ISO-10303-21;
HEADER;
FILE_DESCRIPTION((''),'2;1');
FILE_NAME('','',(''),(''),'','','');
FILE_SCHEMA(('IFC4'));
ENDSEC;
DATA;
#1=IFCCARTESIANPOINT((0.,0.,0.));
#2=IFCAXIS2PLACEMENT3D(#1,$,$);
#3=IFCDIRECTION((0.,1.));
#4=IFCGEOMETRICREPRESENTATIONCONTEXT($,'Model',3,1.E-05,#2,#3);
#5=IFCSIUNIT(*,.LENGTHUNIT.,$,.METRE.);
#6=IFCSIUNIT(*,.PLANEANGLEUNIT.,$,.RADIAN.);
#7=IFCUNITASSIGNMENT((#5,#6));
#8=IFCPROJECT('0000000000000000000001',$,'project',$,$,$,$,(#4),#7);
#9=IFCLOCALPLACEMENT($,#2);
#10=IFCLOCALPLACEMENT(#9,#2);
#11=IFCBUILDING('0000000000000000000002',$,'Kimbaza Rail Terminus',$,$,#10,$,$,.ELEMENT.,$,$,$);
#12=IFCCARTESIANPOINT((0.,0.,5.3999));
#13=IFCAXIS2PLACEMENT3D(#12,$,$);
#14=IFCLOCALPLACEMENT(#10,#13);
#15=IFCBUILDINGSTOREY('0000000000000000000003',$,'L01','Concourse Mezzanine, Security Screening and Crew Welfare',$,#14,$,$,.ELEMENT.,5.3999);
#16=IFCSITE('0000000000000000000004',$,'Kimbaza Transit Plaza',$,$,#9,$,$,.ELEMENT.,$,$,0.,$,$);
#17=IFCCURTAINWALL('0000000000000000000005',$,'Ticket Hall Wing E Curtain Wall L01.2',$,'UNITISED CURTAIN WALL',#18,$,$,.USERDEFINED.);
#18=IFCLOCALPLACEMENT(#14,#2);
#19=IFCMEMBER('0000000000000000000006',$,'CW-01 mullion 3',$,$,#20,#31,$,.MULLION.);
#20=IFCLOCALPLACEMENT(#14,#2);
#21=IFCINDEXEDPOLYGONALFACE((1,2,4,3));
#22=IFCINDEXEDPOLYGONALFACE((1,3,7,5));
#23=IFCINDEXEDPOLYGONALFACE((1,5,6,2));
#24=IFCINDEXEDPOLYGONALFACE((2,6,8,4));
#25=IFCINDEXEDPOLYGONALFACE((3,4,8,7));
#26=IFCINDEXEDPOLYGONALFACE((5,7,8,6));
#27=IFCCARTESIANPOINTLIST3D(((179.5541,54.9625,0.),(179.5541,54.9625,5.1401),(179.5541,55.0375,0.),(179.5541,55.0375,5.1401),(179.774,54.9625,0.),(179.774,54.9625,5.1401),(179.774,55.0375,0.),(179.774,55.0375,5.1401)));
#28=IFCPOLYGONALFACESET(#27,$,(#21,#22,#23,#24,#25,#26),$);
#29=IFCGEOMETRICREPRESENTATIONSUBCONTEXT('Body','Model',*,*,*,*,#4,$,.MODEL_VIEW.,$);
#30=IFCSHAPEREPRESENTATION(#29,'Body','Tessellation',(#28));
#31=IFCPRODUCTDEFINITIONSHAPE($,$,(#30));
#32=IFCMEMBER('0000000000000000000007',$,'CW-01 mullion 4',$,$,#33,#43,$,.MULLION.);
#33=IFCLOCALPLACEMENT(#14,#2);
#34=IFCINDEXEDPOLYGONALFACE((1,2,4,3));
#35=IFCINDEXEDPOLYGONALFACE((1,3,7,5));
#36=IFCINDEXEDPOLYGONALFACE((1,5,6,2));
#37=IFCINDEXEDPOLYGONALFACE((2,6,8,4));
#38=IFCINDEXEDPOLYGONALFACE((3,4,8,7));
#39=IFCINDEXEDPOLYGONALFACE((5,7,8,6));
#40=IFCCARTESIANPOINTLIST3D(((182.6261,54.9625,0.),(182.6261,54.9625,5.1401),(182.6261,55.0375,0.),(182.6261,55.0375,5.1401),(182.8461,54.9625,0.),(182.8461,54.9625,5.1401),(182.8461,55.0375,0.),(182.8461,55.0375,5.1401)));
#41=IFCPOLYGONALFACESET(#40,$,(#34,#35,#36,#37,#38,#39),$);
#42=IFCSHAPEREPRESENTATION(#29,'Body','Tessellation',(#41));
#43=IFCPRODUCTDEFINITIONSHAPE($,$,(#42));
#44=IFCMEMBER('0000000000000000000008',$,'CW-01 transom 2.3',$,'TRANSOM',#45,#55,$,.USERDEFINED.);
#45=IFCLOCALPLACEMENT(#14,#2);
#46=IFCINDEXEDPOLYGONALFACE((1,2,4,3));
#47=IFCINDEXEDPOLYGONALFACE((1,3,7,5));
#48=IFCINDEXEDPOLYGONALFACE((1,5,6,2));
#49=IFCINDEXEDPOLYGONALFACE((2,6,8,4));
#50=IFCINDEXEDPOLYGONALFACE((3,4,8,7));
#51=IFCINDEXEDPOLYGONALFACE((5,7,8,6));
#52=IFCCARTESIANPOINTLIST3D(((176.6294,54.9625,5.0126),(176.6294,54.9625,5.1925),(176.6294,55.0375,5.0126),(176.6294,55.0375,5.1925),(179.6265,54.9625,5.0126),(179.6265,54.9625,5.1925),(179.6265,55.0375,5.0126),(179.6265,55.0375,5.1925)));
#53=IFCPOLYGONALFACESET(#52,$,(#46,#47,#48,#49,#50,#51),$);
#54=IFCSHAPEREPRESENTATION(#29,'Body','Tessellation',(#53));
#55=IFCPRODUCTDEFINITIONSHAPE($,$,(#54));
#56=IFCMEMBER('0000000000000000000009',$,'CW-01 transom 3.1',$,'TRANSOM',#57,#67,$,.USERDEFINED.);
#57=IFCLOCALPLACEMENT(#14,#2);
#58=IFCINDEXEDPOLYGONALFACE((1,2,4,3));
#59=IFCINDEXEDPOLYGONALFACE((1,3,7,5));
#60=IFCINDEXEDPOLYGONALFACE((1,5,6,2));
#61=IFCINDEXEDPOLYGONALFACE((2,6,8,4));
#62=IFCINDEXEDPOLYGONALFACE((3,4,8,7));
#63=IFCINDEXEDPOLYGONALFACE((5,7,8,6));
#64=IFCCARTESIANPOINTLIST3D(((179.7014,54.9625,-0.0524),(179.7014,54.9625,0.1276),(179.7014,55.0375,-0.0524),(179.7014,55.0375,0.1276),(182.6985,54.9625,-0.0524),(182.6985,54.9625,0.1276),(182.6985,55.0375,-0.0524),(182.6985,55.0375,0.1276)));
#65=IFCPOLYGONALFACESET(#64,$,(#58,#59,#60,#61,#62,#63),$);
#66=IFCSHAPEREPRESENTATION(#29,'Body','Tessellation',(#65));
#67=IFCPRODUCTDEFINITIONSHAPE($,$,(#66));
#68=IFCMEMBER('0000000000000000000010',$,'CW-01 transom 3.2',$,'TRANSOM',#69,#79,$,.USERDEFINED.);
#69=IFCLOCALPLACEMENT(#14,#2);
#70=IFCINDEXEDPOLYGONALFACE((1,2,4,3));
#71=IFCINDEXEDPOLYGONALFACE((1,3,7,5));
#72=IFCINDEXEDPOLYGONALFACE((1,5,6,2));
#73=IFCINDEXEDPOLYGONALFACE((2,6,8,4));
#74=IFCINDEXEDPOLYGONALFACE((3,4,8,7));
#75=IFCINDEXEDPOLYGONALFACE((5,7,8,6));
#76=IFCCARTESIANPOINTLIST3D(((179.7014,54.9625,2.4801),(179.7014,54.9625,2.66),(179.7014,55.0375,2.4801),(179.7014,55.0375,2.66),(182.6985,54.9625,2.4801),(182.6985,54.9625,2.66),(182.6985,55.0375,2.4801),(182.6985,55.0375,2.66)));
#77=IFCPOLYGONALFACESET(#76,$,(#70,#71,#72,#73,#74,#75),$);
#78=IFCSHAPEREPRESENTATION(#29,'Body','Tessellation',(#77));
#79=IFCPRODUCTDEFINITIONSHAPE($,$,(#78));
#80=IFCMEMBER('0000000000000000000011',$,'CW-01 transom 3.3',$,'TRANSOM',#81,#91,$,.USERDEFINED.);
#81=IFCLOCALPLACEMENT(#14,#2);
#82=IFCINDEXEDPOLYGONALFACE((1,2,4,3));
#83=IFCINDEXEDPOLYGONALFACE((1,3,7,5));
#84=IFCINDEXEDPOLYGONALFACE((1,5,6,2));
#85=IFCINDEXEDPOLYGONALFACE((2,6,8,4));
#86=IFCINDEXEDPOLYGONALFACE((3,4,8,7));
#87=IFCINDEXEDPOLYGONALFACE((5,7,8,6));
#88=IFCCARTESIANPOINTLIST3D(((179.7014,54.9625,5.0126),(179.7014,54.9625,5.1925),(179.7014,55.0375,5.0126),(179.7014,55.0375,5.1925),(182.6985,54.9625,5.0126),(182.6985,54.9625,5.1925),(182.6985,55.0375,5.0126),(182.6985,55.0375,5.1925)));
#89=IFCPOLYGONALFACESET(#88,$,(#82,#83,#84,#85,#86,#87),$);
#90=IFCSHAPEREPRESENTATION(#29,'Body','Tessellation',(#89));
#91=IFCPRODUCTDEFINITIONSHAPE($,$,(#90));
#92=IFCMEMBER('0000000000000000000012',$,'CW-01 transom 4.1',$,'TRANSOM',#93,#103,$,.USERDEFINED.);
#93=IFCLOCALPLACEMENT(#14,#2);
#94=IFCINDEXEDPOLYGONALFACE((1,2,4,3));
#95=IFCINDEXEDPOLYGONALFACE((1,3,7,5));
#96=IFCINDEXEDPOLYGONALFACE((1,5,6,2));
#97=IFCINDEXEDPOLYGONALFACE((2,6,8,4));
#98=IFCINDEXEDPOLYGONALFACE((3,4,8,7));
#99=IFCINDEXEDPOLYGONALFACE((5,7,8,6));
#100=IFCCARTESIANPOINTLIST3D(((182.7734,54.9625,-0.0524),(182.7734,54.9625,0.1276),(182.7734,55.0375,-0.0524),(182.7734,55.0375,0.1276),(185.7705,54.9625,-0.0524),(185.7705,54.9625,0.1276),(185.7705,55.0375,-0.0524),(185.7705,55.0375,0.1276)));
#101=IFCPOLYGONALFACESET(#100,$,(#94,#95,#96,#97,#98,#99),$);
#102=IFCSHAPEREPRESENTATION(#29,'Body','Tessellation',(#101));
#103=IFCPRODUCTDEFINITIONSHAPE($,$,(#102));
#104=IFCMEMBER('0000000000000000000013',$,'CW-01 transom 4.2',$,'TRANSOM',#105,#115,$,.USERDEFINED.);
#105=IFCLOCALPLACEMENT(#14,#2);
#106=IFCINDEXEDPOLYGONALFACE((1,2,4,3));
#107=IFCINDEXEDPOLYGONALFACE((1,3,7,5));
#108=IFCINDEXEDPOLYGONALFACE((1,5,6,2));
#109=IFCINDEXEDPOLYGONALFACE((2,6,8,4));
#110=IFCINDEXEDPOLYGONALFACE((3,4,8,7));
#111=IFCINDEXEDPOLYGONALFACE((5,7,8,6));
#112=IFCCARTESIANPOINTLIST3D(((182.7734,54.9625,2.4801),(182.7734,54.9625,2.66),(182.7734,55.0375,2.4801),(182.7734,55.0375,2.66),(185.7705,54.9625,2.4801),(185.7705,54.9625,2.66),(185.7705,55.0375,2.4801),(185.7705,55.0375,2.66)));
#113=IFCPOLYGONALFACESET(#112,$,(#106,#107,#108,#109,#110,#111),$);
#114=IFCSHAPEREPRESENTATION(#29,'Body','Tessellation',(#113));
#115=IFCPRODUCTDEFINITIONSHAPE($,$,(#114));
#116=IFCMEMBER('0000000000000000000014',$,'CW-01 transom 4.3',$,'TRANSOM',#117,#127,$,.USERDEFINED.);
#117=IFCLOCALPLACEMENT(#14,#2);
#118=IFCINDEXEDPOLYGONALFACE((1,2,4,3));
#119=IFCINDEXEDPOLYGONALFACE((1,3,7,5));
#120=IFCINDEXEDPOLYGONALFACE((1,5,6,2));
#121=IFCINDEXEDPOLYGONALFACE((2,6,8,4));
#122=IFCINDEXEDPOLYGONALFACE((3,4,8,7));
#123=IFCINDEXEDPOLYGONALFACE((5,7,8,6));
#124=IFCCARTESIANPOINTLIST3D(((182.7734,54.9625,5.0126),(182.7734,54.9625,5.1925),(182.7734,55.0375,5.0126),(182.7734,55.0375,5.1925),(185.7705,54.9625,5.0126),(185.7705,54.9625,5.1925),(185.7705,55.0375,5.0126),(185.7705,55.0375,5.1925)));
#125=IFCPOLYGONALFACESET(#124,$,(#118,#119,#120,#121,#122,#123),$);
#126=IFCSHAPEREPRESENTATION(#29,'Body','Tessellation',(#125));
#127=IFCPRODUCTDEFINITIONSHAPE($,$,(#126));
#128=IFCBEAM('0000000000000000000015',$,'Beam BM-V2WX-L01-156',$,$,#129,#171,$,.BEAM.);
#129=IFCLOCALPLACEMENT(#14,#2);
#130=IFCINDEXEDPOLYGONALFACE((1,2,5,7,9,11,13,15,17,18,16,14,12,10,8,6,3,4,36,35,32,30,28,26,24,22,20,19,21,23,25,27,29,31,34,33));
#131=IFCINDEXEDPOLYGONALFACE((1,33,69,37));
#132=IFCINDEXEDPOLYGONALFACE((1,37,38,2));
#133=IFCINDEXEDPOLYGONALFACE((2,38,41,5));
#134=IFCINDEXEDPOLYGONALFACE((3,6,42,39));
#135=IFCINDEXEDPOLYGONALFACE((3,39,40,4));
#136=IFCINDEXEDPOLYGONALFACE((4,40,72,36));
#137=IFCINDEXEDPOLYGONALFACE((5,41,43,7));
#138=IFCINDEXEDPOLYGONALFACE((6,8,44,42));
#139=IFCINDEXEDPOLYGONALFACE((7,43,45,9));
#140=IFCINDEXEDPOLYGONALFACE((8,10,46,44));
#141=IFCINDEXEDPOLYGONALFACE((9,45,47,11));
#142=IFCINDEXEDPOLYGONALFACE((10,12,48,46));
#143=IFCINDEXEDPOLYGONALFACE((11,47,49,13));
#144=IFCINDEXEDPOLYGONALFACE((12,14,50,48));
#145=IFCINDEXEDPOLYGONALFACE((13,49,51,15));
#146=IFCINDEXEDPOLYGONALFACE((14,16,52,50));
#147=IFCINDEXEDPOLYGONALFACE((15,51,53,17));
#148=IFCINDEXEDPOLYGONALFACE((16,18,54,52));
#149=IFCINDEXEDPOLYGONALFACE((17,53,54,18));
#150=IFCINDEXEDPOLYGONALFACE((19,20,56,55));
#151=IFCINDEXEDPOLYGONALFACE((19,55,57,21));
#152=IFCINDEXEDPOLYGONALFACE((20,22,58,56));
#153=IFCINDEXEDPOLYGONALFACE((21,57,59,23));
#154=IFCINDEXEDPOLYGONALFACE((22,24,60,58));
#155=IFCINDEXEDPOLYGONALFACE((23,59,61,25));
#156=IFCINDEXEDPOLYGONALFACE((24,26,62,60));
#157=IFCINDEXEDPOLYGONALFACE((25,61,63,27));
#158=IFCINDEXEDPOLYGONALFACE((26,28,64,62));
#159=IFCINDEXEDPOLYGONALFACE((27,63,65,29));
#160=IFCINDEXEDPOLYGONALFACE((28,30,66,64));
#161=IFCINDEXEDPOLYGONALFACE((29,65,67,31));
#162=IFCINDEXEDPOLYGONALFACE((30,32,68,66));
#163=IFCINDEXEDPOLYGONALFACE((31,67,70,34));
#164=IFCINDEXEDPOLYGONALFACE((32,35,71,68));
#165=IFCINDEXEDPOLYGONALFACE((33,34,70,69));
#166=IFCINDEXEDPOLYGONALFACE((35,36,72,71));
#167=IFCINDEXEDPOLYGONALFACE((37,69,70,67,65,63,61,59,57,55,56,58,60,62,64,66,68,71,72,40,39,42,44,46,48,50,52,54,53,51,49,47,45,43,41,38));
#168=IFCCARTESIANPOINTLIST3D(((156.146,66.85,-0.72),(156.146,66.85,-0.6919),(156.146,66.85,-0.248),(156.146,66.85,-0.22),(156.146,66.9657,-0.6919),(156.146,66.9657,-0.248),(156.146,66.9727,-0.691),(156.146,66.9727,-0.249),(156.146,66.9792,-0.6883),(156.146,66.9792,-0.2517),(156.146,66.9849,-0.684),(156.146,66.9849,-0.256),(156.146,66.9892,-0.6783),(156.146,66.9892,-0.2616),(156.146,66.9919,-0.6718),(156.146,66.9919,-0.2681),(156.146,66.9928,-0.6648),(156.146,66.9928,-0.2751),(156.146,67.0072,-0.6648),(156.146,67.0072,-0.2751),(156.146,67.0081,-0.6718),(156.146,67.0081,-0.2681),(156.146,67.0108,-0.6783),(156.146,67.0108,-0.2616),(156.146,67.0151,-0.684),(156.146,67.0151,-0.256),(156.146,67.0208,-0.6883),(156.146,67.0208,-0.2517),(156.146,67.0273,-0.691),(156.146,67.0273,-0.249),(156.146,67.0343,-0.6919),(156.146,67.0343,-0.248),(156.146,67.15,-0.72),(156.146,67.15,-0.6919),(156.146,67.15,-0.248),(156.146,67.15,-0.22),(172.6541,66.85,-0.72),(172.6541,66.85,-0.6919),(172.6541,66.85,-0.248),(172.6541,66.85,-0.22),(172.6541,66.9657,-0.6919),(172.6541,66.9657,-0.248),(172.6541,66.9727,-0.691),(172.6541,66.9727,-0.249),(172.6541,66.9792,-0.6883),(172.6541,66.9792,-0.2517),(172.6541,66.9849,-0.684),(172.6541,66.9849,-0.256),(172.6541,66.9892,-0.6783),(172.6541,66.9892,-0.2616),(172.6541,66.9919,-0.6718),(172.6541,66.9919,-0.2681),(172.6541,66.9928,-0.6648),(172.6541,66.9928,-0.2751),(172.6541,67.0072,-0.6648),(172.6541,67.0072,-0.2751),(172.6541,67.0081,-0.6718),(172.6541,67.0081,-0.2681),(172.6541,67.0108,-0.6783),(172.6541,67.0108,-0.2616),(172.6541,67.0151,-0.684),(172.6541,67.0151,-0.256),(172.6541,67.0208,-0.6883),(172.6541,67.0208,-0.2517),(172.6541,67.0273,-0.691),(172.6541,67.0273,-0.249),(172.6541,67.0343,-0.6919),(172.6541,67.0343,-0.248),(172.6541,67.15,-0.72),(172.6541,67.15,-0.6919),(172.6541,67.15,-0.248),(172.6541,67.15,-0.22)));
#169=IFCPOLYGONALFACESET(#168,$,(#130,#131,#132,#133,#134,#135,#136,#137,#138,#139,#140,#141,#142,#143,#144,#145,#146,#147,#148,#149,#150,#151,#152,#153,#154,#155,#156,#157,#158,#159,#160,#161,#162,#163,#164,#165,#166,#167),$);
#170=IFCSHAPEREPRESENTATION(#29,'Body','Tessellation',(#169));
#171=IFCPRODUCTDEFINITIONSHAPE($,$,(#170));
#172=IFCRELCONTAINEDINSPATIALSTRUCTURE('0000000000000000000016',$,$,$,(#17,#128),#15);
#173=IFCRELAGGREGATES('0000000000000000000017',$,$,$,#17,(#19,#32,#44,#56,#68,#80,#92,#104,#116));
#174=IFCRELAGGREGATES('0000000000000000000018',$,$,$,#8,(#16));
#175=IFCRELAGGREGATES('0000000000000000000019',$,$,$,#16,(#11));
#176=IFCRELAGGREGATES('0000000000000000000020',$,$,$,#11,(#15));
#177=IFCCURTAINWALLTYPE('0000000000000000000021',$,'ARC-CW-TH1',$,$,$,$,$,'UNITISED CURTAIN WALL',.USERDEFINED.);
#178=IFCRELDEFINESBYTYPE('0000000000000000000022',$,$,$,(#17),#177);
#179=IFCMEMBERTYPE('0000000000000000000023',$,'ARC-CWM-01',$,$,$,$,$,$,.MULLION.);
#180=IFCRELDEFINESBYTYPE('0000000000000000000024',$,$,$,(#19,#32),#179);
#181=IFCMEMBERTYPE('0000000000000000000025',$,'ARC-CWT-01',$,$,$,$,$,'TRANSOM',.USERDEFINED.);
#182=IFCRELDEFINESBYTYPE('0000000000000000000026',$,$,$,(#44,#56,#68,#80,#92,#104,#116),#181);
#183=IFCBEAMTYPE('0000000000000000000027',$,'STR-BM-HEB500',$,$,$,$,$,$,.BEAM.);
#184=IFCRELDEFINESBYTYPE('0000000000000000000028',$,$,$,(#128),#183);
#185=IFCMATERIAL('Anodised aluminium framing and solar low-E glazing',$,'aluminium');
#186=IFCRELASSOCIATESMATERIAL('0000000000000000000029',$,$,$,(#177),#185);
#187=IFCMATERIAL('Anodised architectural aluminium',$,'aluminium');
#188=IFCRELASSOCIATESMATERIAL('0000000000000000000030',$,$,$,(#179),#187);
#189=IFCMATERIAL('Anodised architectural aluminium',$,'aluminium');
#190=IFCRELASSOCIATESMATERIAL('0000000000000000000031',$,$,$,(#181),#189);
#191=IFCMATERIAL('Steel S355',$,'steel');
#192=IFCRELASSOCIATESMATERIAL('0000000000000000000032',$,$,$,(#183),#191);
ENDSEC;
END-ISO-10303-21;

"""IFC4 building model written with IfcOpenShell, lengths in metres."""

from ifc_helpers import new_model, si_unit, direction, frame, origin, origin_2d, place, context, subcontext, project, spatial, rectangle, i_section, extrude, material, material_profile, profile_set, type_object, element, aggregate, save


model = new_model("IFC4")

# Units and contexts
model_context = context("Model", 3, precision=1e-05, world=origin(), true_north=direction((0.0, 1.0)))
body_context = subcontext(model_context, "Body", "Model", "MODEL_VIEW")
ifc_project = project(units=[si_unit("LENGTHUNIT", "METRE"), si_unit("PLANEANGLEUNIT", "RADIAN")], contexts=[model_context])

# Site, building, storey
site_placement = place(None, origin())
site = spatial("IfcSite", under=ifc_project, at=site_placement, Name="Kimbaza Transit Plaza", CompositionType="ELEMENT", RefElevation=0.0)
building_placement = place(site_placement, origin())
building = spatial("IfcBuilding", under=site, at=building_placement, Name="Kimbaza Rail Terminus", CompositionType="ELEMENT")
storey_placement = place(building_placement, frame((0.0, 0.0, 5.3999)))
storey = spatial("IfcBuildingStorey", under=building, at=storey_placement, Name="L01", Description="Concourse Mezzanine, Security Screening and Crew Welfare", CompositionType="ELEMENT", Elevation=5.3999)

# Curtain wall, members
ifc_material_1 = material(Name="Anodised aluminium framing and solar low-E glazing", Category="aluminium")
curtain_wall_type = type_object("IfcCurtainWallType", Name="ARC-CW-TH1", ElementType="UNITISED CURTAIN WALL", PredefinedType="USERDEFINED", material=ifc_material_1)
curtain_wall_placement = place(storey_placement, origin())
curtain_wall = element("IfcCurtainWall", 1, at=curtain_wall_placement, inside=storey, type_object=curtain_wall_type, Name="Ticket Hall Wing E Curtain Wall L01.2", ObjectType="UNITISED CURTAIN WALL", PredefinedType="USERDEFINED")
ifc_material_2 = material(Name="Anodised architectural aluminium", Category="aluminium")
ifc_material_profile_1 = material_profile(ifc_material_2, rectangle(XDim=0.075, YDim=0.22, at=origin_2d()), Name="MULLION 75x220")
ifc_profile_set_1 = profile_set([ifc_material_profile_1], Name="Anodised architectural aluminium")
member_type_1 = type_object("IfcMemberType", Name="ARC-CWM-01", PredefinedType="MULLION", material=ifc_profile_set_1)
member_1_placement = place(storey_placement, frame((179.6641, 55.0, 0.0), z_axis=(0.0, 0.0, 1.0), x_axis=(0.0, 1.0, 0.0)))
member_1 = element("IfcMember", 2, at=member_1_placement, type_object=member_type_1, Name="CW-01 mullion 3", PredefinedType="MULLION", context=body_context, shape_type="SweptSolid", body=[
    extrude(rectangle(XDim=0.075, YDim=0.22, at=origin_2d()), origin(), (0.0, 0.0, 1.0), 5.1401),
])
member_2_placement = place(storey_placement, frame((182.7361, 55.0, 0.0), z_axis=(0.0, 0.0, 1.0), x_axis=(0.0, 1.0, 0.0)))
member_2 = element("IfcMember", 3, at=member_2_placement, type_object=member_type_1, Name="CW-01 mullion 4", PredefinedType="MULLION", context=body_context, shape_type="SweptSolid", body=[
    extrude(rectangle(XDim=0.075, YDim=0.22, at=origin_2d()), origin(), (0.0, 0.0, 1.0), 5.1401),
])
ifc_material_3 = material(Name="Anodised architectural aluminium", Category="aluminium")
ifc_material_profile_2 = material_profile(ifc_material_3, rectangle(XDim=0.075, YDim=0.1799, at=origin_2d()), Name="TRANSOM 75x180")
ifc_profile_set_2 = profile_set([ifc_material_profile_2], Name="Anodised architectural aluminium")
member_type_2 = type_object("IfcMemberType", Name="ARC-CWT-01", ElementType="TRANSOM", PredefinedType="USERDEFINED", material=ifc_profile_set_2)
member_3_placement = place(storey_placement, frame((176.6294, 55.0, 5.1025), z_axis=(1.0, 0.0, 0.0), x_axis=(0.0, 1.0, 0.0)))
member_3 = element("IfcMember", 4, at=member_3_placement, type_object=member_type_2, Name="CW-01 transom 2.3", ObjectType="TRANSOM", PredefinedType="USERDEFINED", context=body_context, shape_type="SweptSolid", body=[
    extrude(rectangle(XDim=0.075, YDim=0.1799, at=origin_2d()), origin(), (0.0, 0.0, 1.0), 2.9971),
])
member_4_placement = place(storey_placement, frame((179.7014, 55.0, 0.0376), z_axis=(1.0, 0.0, 0.0), x_axis=(0.0, 1.0, 0.0)))
member_4 = element("IfcMember", 5, at=member_4_placement, type_object=member_type_2, Name="CW-01 transom 3.1", ObjectType="TRANSOM", PredefinedType="USERDEFINED", context=body_context, shape_type="SweptSolid", body=[
    extrude(rectangle(XDim=0.075, YDim=0.1799, at=origin_2d()), origin(), (0.0, 0.0, 1.0), 2.9971),
])
member_5_placement = place(storey_placement, frame((179.7014, 55.0, 2.5701), z_axis=(1.0, 0.0, 0.0), x_axis=(0.0, 1.0, 0.0)))
member_5 = element("IfcMember", 6, at=member_5_placement, type_object=member_type_2, Name="CW-01 transom 3.2", ObjectType="TRANSOM", PredefinedType="USERDEFINED", context=body_context, shape_type="SweptSolid", body=[
    extrude(rectangle(XDim=0.075, YDim=0.1799, at=origin_2d()), origin(), (0.0, 0.0, 1.0), 2.9971),
])
member_6_placement = place(storey_placement, frame((179.7014, 55.0, 5.1025), z_axis=(1.0, 0.0, 0.0), x_axis=(0.0, 1.0, 0.0)))
member_6 = element("IfcMember", 7, at=member_6_placement, type_object=member_type_2, Name="CW-01 transom 3.3", ObjectType="TRANSOM", PredefinedType="USERDEFINED", context=body_context, shape_type="SweptSolid", body=[
    extrude(rectangle(XDim=0.075, YDim=0.1799, at=origin_2d()), origin(), (0.0, 0.0, 1.0), 2.9971),
])
member_7_placement = place(storey_placement, frame((182.7734, 55.0, 0.0376), z_axis=(1.0, 0.0, 0.0), x_axis=(0.0, 1.0, 0.0)))
member_7 = element("IfcMember", 8, at=member_7_placement, type_object=member_type_2, Name="CW-01 transom 4.1", ObjectType="TRANSOM", PredefinedType="USERDEFINED", context=body_context, shape_type="SweptSolid", body=[
    extrude(rectangle(XDim=0.075, YDim=0.1799, at=origin_2d()), origin(), (0.0, 0.0, 1.0), 2.9971),
])
member_8_placement = place(storey_placement, frame((182.7734, 55.0, 2.5701), z_axis=(1.0, 0.0, 0.0), x_axis=(0.0, 1.0, 0.0)))
member_8 = element("IfcMember", 9, at=member_8_placement, type_object=member_type_2, Name="CW-01 transom 4.2", ObjectType="TRANSOM", PredefinedType="USERDEFINED", context=body_context, shape_type="SweptSolid", body=[
    extrude(rectangle(XDim=0.075, YDim=0.1799, at=origin_2d()), origin(), (0.0, 0.0, 1.0), 2.9971),
])
member_9_placement = place(storey_placement, frame((182.7734, 55.0, 5.1025), z_axis=(1.0, 0.0, 0.0), x_axis=(0.0, 1.0, 0.0)))
member_9 = element("IfcMember", 10, at=member_9_placement, type_object=member_type_2, Name="CW-01 transom 4.3", ObjectType="TRANSOM", PredefinedType="USERDEFINED", context=body_context, shape_type="SweptSolid", body=[
    extrude(rectangle(XDim=0.075, YDim=0.1799, at=origin_2d()), origin(), (0.0, 0.0, 1.0), 2.9971),
])

# Beam
ifc_material_4 = material(Name="Steel S355", Category="steel")
ifc_material_profile_3 = material_profile(ifc_material_4, i_section(OverallWidth=0.3, OverallDepth=0.5, WebThickness=0.0144, FlangeThickness=0.0281, FilletRadius=0.0271, at=origin_2d()), Name="HEB 500")
ifc_profile_set_3 = profile_set([ifc_material_profile_3], Name="Steel S355")
beam_type_1 = type_object("IfcBeamType", Name="STR-BM-HEB500", PredefinedType="BEAM", material=ifc_profile_set_3)
beam_1_placement = place(storey_placement, frame((156.146, 67.0, -0.47), z_axis=(1.0, 0.0, 0.0), x_axis=(0.0, 1.0, 0.0)))
element("IfcBeam", 11, at=beam_1_placement, inside=storey, type_object=beam_type_1, Name="Beam BM-V2WX-L01-156", PredefinedType="BEAM", context=body_context, shape_type="SweptSolid", body=[
    extrude(i_section(OverallWidth=0.3, OverallDepth=0.5, WebThickness=0.0144, FlangeThickness=0.0281, FilletRadius=0.0271, at=origin_2d()), origin(), (0.0, 0.0, 1.0), 16.5081),
])

aggregate(curtain_wall, [member_1, member_2, member_3, member_4, member_5, member_6, member_7, member_8, member_9])

save(model, "model.ifc")
